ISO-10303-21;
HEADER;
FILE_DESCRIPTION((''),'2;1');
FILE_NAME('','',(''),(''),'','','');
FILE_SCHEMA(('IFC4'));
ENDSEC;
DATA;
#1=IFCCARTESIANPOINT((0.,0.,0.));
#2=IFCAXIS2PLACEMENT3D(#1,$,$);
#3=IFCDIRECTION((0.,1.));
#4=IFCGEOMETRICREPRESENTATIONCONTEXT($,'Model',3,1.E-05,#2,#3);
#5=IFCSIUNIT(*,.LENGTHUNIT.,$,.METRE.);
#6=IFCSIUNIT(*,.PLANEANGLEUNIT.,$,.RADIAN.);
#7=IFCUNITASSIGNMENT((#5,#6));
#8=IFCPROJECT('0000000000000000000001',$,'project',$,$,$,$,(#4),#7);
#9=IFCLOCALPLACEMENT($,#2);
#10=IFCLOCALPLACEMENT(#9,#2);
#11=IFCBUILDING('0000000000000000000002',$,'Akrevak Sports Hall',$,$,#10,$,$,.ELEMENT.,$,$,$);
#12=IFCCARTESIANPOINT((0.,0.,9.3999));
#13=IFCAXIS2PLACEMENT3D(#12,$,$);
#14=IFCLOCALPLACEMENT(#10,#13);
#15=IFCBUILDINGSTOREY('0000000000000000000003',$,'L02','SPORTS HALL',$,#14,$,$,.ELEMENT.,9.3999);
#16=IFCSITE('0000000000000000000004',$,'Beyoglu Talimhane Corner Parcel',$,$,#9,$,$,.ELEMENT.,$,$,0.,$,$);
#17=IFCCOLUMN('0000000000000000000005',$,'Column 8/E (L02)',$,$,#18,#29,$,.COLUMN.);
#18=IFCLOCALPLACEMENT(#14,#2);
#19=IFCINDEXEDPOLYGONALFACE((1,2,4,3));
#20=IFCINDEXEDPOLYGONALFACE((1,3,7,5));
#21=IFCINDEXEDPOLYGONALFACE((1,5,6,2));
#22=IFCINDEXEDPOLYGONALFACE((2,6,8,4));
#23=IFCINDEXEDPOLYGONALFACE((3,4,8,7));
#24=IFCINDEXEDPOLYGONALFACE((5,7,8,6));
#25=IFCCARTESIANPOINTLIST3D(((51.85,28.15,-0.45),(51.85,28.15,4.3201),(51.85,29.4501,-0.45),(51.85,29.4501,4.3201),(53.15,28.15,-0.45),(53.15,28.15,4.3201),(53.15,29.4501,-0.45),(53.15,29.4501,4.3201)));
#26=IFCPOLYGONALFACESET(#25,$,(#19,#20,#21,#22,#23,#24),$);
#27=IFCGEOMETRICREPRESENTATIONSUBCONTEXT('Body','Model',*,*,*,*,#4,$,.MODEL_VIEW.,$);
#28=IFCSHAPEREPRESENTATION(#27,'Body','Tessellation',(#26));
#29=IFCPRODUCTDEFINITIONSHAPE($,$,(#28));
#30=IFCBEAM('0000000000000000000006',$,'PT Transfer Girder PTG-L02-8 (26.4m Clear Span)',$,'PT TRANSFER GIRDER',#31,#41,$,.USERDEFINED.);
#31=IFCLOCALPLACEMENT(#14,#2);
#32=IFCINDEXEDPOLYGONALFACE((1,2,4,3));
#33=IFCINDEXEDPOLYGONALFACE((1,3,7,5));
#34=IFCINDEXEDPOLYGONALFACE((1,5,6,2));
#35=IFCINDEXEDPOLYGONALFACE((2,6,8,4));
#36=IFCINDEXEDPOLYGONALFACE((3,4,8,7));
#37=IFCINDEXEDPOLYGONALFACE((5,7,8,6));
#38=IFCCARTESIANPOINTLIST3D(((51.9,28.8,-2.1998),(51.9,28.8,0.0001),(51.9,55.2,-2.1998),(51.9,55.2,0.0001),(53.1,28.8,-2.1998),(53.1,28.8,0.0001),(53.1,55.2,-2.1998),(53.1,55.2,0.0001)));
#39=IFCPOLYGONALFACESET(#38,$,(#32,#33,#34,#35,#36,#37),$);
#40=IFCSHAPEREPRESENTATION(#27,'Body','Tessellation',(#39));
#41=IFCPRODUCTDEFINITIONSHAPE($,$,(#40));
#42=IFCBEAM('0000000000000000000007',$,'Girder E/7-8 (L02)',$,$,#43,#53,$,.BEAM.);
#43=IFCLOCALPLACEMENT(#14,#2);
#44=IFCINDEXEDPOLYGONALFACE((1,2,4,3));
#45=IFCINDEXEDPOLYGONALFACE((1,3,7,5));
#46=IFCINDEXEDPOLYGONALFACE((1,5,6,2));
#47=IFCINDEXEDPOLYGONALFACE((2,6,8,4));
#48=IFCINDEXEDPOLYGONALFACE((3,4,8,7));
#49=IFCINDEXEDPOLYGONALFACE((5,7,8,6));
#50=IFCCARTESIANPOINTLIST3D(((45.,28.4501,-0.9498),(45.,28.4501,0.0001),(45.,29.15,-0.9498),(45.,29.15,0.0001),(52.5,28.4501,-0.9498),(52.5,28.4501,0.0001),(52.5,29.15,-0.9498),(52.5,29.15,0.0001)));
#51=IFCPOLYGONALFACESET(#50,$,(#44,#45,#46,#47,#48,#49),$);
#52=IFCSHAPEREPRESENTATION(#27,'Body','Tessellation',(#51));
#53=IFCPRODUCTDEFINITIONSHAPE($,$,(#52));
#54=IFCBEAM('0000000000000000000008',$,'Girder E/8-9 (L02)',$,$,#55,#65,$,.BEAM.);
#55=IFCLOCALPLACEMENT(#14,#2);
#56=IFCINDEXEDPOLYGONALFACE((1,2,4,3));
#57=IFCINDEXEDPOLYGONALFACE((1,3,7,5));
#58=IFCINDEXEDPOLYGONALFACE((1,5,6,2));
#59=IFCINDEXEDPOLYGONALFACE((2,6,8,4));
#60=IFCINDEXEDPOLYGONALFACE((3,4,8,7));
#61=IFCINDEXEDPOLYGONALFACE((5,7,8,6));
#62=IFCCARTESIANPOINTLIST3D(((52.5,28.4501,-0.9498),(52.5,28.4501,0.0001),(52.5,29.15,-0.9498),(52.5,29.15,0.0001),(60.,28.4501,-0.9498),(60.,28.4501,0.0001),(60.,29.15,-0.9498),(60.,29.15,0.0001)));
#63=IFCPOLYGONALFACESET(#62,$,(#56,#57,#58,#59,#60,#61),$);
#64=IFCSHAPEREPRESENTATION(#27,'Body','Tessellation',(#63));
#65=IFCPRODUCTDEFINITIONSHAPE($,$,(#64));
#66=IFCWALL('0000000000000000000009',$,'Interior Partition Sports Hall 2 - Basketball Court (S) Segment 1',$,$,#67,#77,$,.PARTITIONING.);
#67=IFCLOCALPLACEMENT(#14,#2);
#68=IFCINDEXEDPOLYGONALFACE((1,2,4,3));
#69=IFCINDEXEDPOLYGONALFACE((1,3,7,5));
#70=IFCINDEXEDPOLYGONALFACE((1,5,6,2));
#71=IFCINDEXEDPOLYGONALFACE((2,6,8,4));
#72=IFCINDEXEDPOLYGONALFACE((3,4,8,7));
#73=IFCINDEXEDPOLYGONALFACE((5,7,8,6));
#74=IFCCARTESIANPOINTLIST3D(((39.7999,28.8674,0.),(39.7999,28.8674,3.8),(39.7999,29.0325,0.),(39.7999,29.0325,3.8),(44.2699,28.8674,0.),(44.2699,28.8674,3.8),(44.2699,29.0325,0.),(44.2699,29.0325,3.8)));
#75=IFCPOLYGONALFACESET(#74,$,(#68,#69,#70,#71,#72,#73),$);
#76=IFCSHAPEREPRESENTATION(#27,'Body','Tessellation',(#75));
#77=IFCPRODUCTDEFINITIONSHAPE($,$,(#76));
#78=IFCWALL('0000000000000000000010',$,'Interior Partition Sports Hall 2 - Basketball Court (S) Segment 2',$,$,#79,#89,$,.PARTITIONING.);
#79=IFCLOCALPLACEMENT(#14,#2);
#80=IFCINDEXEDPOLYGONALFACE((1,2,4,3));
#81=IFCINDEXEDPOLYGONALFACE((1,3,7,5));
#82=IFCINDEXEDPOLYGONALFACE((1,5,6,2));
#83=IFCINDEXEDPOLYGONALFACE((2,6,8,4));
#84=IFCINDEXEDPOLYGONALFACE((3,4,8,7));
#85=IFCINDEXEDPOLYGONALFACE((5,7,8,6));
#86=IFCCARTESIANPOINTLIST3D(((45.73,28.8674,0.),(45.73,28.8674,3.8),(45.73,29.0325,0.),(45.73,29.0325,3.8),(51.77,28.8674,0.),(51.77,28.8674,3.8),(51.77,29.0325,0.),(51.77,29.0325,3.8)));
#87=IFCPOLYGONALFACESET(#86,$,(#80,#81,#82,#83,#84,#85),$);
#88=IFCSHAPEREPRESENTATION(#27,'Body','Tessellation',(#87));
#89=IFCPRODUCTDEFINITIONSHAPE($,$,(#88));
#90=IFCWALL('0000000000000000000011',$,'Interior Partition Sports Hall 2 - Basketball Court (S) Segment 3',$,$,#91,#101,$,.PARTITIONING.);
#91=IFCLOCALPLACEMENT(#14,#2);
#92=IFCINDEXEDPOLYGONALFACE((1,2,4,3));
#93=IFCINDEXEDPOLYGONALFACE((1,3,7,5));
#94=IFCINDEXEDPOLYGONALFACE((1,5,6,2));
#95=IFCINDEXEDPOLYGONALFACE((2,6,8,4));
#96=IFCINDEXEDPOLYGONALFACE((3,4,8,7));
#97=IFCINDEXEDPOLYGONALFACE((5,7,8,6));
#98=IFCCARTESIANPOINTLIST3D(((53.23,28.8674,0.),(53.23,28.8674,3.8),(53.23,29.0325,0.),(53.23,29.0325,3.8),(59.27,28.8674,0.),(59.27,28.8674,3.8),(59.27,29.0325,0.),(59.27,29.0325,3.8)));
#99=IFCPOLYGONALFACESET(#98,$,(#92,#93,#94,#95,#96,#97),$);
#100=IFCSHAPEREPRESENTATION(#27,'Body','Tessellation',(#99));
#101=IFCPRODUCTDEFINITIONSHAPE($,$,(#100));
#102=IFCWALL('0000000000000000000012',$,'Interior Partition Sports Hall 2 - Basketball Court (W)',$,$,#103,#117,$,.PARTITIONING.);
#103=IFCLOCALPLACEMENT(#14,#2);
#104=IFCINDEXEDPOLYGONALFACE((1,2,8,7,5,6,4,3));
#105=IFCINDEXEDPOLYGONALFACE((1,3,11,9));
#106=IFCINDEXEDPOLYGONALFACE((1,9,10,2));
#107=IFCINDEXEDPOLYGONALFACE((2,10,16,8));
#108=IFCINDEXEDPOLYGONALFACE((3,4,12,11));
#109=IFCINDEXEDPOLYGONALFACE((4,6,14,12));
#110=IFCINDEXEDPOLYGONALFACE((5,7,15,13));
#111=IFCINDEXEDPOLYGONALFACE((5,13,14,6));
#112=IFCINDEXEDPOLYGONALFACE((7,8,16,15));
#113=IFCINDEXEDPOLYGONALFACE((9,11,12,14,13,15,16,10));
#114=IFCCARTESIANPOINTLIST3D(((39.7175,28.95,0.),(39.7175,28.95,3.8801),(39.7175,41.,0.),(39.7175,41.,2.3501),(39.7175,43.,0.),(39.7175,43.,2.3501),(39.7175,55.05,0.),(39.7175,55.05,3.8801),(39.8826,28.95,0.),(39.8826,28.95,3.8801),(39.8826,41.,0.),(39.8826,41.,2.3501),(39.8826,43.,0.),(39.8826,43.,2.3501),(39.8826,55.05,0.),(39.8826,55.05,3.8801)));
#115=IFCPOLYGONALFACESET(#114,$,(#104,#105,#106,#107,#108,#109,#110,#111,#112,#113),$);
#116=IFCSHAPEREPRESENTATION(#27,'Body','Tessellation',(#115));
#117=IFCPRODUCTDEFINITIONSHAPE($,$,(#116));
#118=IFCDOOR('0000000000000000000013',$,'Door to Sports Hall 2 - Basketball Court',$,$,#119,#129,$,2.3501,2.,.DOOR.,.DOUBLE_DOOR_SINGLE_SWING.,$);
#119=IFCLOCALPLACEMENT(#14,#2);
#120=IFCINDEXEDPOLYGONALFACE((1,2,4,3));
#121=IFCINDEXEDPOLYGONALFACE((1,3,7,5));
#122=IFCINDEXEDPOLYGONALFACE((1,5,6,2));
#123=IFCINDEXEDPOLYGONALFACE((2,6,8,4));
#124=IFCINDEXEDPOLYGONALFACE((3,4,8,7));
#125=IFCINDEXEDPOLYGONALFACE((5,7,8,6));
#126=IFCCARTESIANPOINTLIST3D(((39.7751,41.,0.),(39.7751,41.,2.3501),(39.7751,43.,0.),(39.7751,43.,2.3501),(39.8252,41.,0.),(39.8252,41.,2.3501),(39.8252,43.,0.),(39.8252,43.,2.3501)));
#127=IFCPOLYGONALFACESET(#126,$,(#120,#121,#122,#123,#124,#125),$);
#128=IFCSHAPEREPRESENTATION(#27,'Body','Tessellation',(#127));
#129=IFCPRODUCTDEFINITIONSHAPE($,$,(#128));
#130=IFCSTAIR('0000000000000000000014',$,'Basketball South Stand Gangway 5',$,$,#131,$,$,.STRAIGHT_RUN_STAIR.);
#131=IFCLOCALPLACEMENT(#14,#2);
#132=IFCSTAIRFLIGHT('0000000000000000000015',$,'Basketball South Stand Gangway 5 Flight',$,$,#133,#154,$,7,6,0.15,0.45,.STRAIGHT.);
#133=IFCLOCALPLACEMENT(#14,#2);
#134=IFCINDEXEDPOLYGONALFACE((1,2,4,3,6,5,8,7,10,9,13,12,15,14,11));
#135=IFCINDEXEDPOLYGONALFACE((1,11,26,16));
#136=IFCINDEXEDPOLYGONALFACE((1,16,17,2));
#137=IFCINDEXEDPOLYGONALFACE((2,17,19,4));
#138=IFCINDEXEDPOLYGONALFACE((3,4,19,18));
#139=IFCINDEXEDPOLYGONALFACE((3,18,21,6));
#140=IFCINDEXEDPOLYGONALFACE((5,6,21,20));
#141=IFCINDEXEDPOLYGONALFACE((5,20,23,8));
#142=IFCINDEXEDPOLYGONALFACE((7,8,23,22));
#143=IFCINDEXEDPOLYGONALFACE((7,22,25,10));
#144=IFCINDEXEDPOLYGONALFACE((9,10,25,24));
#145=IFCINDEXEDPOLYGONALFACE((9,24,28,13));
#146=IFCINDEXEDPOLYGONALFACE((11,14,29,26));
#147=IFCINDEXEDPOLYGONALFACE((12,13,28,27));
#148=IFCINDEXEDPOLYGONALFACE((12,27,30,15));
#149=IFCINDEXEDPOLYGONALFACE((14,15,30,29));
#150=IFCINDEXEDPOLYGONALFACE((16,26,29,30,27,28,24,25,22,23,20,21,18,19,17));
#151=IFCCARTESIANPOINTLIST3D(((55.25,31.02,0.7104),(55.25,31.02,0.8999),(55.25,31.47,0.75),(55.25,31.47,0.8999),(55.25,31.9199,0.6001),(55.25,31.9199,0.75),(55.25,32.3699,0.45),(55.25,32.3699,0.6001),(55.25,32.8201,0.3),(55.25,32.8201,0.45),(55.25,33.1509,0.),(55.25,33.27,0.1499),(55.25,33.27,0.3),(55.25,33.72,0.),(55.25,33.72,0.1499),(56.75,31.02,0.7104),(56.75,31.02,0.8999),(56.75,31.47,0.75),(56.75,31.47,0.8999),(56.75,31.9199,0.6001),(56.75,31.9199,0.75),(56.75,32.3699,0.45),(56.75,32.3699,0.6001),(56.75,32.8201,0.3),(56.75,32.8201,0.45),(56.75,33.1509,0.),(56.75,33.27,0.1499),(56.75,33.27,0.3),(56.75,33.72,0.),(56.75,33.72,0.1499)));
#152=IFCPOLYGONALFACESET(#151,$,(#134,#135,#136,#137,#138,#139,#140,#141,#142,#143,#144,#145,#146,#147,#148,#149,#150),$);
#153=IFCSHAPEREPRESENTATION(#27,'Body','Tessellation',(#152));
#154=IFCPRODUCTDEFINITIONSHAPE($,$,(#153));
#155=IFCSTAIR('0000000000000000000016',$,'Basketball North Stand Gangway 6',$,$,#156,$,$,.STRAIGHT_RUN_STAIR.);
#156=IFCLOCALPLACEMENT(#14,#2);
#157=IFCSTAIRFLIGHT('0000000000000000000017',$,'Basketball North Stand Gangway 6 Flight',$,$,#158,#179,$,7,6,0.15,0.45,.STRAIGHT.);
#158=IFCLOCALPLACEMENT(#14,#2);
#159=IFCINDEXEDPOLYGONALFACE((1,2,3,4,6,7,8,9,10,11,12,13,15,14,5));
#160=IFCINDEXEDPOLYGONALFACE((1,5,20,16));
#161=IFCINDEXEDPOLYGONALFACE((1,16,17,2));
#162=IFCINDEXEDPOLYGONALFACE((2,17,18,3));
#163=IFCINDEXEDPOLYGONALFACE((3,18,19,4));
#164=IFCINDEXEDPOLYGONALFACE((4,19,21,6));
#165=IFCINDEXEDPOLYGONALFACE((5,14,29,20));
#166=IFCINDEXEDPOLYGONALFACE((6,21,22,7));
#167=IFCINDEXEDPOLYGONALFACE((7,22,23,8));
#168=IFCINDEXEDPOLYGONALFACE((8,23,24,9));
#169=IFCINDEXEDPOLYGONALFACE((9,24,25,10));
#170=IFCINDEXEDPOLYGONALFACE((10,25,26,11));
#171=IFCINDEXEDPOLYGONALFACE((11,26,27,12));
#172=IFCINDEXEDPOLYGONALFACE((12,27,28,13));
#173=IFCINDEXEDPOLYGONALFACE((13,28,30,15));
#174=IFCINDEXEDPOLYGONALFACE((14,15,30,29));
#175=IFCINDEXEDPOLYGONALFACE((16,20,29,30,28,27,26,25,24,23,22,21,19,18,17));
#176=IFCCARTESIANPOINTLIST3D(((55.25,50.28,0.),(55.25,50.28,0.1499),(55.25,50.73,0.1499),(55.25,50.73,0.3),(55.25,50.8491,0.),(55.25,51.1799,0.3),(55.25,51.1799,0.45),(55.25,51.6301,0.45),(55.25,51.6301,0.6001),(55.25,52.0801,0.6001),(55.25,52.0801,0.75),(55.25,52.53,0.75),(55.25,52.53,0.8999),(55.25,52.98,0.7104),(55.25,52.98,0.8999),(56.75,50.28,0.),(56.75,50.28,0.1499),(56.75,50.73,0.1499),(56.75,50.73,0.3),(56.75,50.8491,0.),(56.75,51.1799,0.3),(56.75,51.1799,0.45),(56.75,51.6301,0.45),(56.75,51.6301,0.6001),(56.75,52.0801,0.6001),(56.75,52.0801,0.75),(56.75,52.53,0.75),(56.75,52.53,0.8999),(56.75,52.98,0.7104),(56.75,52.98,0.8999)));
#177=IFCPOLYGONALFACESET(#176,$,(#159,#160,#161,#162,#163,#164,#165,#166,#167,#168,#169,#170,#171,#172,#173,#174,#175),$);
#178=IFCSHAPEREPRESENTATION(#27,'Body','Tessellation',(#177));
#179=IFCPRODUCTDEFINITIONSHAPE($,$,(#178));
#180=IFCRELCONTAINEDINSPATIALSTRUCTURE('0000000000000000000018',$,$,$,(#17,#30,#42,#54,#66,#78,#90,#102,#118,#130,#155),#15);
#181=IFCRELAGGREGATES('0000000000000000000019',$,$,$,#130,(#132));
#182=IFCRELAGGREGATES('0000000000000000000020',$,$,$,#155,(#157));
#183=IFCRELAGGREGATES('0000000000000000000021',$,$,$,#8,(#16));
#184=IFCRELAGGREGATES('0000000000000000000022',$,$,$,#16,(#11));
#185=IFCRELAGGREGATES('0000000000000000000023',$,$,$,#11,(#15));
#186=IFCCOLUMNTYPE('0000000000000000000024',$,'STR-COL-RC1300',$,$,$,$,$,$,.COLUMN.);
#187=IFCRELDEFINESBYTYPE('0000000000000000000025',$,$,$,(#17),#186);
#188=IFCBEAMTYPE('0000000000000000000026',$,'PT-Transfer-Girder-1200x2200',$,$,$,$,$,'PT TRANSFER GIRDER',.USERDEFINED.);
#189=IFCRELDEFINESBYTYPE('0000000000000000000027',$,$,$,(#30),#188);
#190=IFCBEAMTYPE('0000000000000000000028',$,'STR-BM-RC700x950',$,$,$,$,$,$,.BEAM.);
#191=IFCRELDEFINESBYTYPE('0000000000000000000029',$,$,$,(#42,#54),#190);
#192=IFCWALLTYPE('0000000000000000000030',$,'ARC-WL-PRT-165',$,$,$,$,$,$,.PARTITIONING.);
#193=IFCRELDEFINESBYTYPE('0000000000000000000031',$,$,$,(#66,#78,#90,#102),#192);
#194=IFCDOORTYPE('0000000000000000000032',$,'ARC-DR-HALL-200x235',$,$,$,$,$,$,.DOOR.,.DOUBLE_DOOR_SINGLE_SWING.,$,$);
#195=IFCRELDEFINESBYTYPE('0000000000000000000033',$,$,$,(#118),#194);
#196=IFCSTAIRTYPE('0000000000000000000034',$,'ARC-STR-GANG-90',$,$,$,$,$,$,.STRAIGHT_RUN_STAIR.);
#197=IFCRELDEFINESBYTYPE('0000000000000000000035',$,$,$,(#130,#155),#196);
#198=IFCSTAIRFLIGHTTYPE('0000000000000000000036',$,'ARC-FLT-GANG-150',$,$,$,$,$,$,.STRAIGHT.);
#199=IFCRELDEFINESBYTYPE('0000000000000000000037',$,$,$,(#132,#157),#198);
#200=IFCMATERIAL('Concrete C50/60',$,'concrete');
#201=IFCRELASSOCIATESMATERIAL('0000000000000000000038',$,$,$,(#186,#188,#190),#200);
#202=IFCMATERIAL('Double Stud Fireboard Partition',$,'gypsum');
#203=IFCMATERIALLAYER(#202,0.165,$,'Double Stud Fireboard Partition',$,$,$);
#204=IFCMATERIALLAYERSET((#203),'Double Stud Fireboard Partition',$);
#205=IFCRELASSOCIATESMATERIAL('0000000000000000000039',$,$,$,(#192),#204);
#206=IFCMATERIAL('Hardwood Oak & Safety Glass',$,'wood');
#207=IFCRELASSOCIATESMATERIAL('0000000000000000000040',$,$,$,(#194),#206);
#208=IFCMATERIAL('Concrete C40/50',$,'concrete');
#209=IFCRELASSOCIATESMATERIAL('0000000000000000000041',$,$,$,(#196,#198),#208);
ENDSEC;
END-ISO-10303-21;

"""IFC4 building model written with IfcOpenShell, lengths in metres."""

from ifc_helpers import new_model, si_unit, direction, frame, frame_2d, origin, origin_2d, place, context, subcontext, project, spatial, polyline, rectangle, outline, extrude, material, layer, layer_set, material_profile, profile_set, type_object, element, fill, aggregate, save


model = new_model("IFC4")

# Units and contexts
model_context = context("Model", 3, precision=1e-05, world=origin(), true_north=direction((0.0, 1.0)))
body_context = subcontext(model_context, "Body", "Model", "MODEL_VIEW")
ifc_project = project(units=[si_unit("LENGTHUNIT", "METRE"), si_unit("PLANEANGLEUNIT", "RADIAN")], contexts=[model_context])

# Site, building, storey
site_placement = place(None, origin())
site = spatial("IfcSite", under=ifc_project, at=site_placement, Name="Beyoglu Talimhane Corner Parcel", CompositionType="ELEMENT", RefElevation=0.0)
building_placement = place(site_placement, origin())
building = spatial("IfcBuilding", under=site, at=building_placement, Name="Akrevak Sports Hall", CompositionType="ELEMENT")
storey_placement = place(building_placement, frame((0.0, 0.0, 9.3999)))
storey = spatial("IfcBuildingStorey", under=building, at=storey_placement, Name="L02", Description="SPORTS HALL", CompositionType="ELEMENT", Elevation=9.3999)

# Column
ifc_material_1 = material(Name="Concrete C50/60", Category="concrete")
ifc_material_profile_1 = material_profile(ifc_material_1, rectangle(XDim=1.3, YDim=1.3, at=origin_2d()), Name="RC 1300x1300", Category="concrete")
ifc_profile_set_1 = profile_set([ifc_material_profile_1], Name="Concrete C50/60")
column_type = type_object("IfcColumnType", Name="STR-COL-RC1300", PredefinedType="COLUMN", material=ifc_profile_set_1)
column_placement = place(storey_placement, frame((52.5, 28.8, -0.45), z_axis=(0.0, 0.0, 1.0), x_axis=(1.0, 0.0, 0.0)))
element("IfcColumn", 1, at=column_placement, inside=storey, type_object=column_type, Name="Column 8/E (L02)", PredefinedType="COLUMN", context=body_context, shape_type="SweptSolid", body=[
    extrude(rectangle(XDim=1.3, YDim=1.3, at=origin_2d()), origin(), (0.0, 0.0, 1.0), 4.77),
])

# Beams
ifc_material_profile_2 = material_profile(ifc_material_1, rectangle(XDim=1.2, YDim=2.2, at=origin_2d()), Name="PTG 1200x2200", Category="concrete")
ifc_profile_set_2 = profile_set([ifc_material_profile_2], Name="Concrete C50/60")
beam_type_1 = type_object("IfcBeamType", Name="PT-Transfer-Girder-1200x2200", ElementType="PT TRANSFER GIRDER", PredefinedType="USERDEFINED", material=ifc_profile_set_2)
beam_placement = place(storey_placement, frame((52.5, 28.8, -1.0999), z_axis=(0.0, 1.0, 0.0), x_axis=(-1.0, 0.0, 0.0)))
element("IfcBeam", 2, at=beam_placement, inside=storey, type_object=beam_type_1, Name="PT Transfer Girder PTG-L02-8 (26.4m Clear Span)", ObjectType="PT TRANSFER GIRDER", PredefinedType="USERDEFINED", context=body_context, shape_type="SweptSolid", body=[
    extrude(rectangle(XDim=1.2, YDim=2.2, at=origin_2d()), origin(), (0.0, 0.0, 1.0), 26.3999),
])
ifc_material_profile_3 = material_profile(ifc_material_1, rectangle(XDim=0.7, YDim=0.95, at=origin_2d()), Name="BM 700x950", Category="concrete")
ifc_profile_set_3 = profile_set([ifc_material_profile_3], Name="Concrete C50/60")
beam_type_2 = type_object("IfcBeamType", Name="STR-BM-RC700x950", PredefinedType="BEAM", material=ifc_profile_set_3)
for number, where, z_axis, x_axis, name in (
    (3, (45.0, 28.8, -0.4749), (1.0, 0.0, 0.0), (0.0, 1.0, 0.0), "Girder E/7-8 (L02)"),
    (4, (52.5, 28.8, -0.4749), (1.0, 0.0, 0.0), (0.0, 1.0, 0.0), "Girder E/8-9 (L02)"),
):
    element("IfcBeam", number, at=place(storey_placement, frame(where, z_axis=z_axis, x_axis=x_axis)), inside=storey, type_object=beam_type_2, Name=name, PredefinedType="BEAM", context=body_context, shape_type="SweptSolid", body=[
        extrude(rectangle(XDim=0.7, YDim=0.95, at=origin_2d()), origin(), (0.0, 0.0, 1.0), 7.5),
    ])

# Walls
ifc_material_2 = material(Name="Double Stud Fireboard Partition", Category="gypsum")
ifc_layer_1 = layer(ifc_material_2, 0.165, Name="Double Stud Fireboard Partition")
ifc_layer_set_1 = layer_set([ifc_layer_1], Name="Double Stud Fireboard Partition")
wall_type = type_object("IfcWallType", Name="ARC-WL-PRT-165", PredefinedType="PARTITIONING", material=ifc_layer_set_1)
wall_1_placement = place(storey_placement, frame((39.8, 28.95, 0.0), z_axis=(0.0, 0.0, 1.0), x_axis=(1.0, 0.0, 0.0)))
element("IfcWall", 5, at=wall_1_placement, inside=storey, type_object=wall_type, Name="Interior Partition Sports Hall 2 - Basketball Court (S) Segment 1", PredefinedType="PARTITIONING", context=body_context, shape_type="SweptSolid", body=[
    extrude(rectangle(XDim=4.47, YDim=0.165, at=frame_2d((2.2349, 0.0))), origin(), (0.0, 0.0, 1.0), 3.8),
])
for number, where, z_axis, x_axis, name in (
    (6, (45.73, 28.95, 0.0), (0.0, 0.0, 1.0), (1.0, 0.0, 0.0), "Interior Partition Sports Hall 2 - Basketball Court (S) Segment 2"),
    (7, (53.23, 28.95, 0.0), (0.0, 0.0, 1.0), (1.0, 0.0, 0.0), "Interior Partition Sports Hall 2 - Basketball Court (S) Segment 3"),
):
    element("IfcWall", number, at=place(storey_placement, frame(where, z_axis=z_axis, x_axis=x_axis)), inside=storey, type_object=wall_type, Name=name, PredefinedType="PARTITIONING", context=body_context, shape_type="SweptSolid", body=[
        extrude(rectangle(XDim=6.04, YDim=0.165, at=frame_2d((3.02, 0.0))), origin(), (0.0, 0.0, 1.0), 3.8),
    ])

# Wall, opening, door
wall_2_placement = place(storey_placement, frame((39.8, 28.95, 0.0), z_axis=(0.0, 0.0, 1.0), x_axis=(0.0, 1.0, 0.0)))
wall_2 = element("IfcWall", 8, at=wall_2_placement, inside=storey, type_object=wall_type, Name="Interior Partition Sports Hall 2 - Basketball Court (W)", PredefinedType="PARTITIONING", context=body_context, shape_type="SweptSolid", body=[
    extrude(rectangle(XDim=26.1001, YDim=0.165, at=frame_2d((13.05, 0.0))), origin(), (0.0, 0.0, 1.0), 3.8801),
])
opening_placement = place(wall_2_placement, frame((12.05, 0.0, 0.0)))
opening = element("IfcOpeningElement", 9, at=opening_placement, cuts=wall_2, PredefinedType="OPENING", context=body_context, shape_type="SweptSolid", body=[
    extrude(rectangle(XDim=2.0, YDim=2.3501, at=frame_2d((1.0, 1.175))), frame((0.0, 0.0945, 0.0), z_axis=(0.0, -1.0, 0.0), x_axis=(1.0, 0.0, 0.0)), (0.0, 0.0, 1.0), 0.189),
])
ifc_material_3 = material(Name="Hardwood Oak & Safety Glass", Category="wood")
door_type = type_object("IfcDoorType", Name="ARC-DR-HALL-200x235", OperationType="DOUBLE_DOOR_SINGLE_SWING", PredefinedType="DOOR", material=ifc_material_3)
door_placement = place(opening_placement, origin())
door = element("IfcDoor", 10, at=door_placement, inside=storey, type_object=door_type, Name="Door to Sports Hall 2 - Basketball Court", OperationType="DOUBLE_DOOR_SINGLE_SWING", OverallHeight=2.3501, OverallWidth=2.0, PredefinedType="DOOR", context=body_context, shape_type="SweptSolid", body=[
    extrude(rectangle(XDim=2.0, YDim=2.3501, at=frame_2d((1.0, 1.175))), frame((0.0, 0.0249, 0.0), z_axis=(0.0, -1.0, 0.0), x_axis=(1.0, 0.0, 0.0)), (0.0, 0.0, 1.0), 0.05),
])
fill(opening, door)

# Stairs, stair flights
ifc_material_4 = material(Name="Concrete C40/50", Category="concrete")
stair_type = type_object("IfcStairType", Name="ARC-STR-GANG-90", PredefinedType="STRAIGHT_RUN_STAIR", material=ifc_material_4)
stair_1_placement = place(storey_placement, origin())
stair_1 = element("IfcStair", 11, at=stair_1_placement, inside=storey, type_object=stair_type, Name="Basketball South Stand Gangway 5", PredefinedType="STRAIGHT_RUN_STAIR")
stair_flight_type = type_object("IfcStairFlightType", Name="ARC-FLT-GANG-150", PredefinedType="STRAIGHT", material=ifc_material_4)
stair_flight_1_placement = place(storey_placement, frame((56.0, 33.72, 0.0), z_axis=(0.0, 0.0, 1.0), x_axis=(0.0, -1.0, 0.0)))
stair_flight_1 = element("IfcStairFlight", 12, at=stair_flight_1_placement, type_object=stair_flight_type, Name="Basketball South Stand Gangway 5 Flight", NumberOfRisers=7, NumberOfTreads=6, PredefinedType="STRAIGHT", RiserHeight=0.15, TreadLength=0.45, context=body_context, shape_type="SweptSolid", body=[
    extrude(outline(polyline([(0.0, 0.0), (0.0, 0.1499), (0.45, 0.1499), (0.45, 0.3), (0.8999, 0.3), (0.8999, 0.45), (1.3501, 0.45), (1.3501, 0.6001), (1.8, 0.6001), (1.8, 0.75), (2.25, 0.75), (2.25, 0.8999), (2.7, 0.8999), (2.7, 1.05), (2.7, 0.7104), (0.5691, 0.0), (0.0, 0.0)])), frame((0.0, 0.75, 0.0), z_axis=(0.0, -1.0, 0.0), x_axis=(1.0, 0.0, 0.0)), (0.0, 0.0, 1.0), 1.5),
])
aggregate(stair_1, [stair_flight_1])
stair_2_placement = place(storey_placement, origin())
stair_2 = element("IfcStair", 13, at=stair_2_placement, inside=storey, type_object=stair_type, Name="Basketball North Stand Gangway 6", PredefinedType="STRAIGHT_RUN_STAIR")
stair_flight_2_placement = place(storey_placement, frame((56.0, 50.28, 0.0), z_axis=(0.0, 0.0, 1.0), x_axis=(0.0, 1.0, 0.0)))
stair_flight_2 = element("IfcStairFlight", 14, at=stair_flight_2_placement, type_object=stair_flight_type, Name="Basketball North Stand Gangway 6 Flight", NumberOfRisers=7, NumberOfTreads=6, PredefinedType="STRAIGHT", RiserHeight=0.15, TreadLength=0.45, context=body_context, shape_type="SweptSolid", body=[
    extrude(outline(polyline([(0.0, 0.0), (0.0, 0.1499), (0.45, 0.1499), (0.45, 0.3), (0.8999, 0.3), (0.8999, 0.45), (1.3501, 0.45), (1.3501, 0.6001), (1.8, 0.6001), (1.8, 0.75), (2.25, 0.75), (2.25, 0.8999), (2.7, 0.8999), (2.7, 1.05), (2.7, 0.7104), (0.5691, 0.0), (0.0, 0.0)])), frame((0.0, 0.75, 0.0), z_axis=(0.0, -1.0, 0.0), x_axis=(1.0, 0.0, 0.0)), (0.0, 0.0, 1.0), 1.5),
])
aggregate(stair_2, [stair_flight_2])

save(model, "model.ifc")
